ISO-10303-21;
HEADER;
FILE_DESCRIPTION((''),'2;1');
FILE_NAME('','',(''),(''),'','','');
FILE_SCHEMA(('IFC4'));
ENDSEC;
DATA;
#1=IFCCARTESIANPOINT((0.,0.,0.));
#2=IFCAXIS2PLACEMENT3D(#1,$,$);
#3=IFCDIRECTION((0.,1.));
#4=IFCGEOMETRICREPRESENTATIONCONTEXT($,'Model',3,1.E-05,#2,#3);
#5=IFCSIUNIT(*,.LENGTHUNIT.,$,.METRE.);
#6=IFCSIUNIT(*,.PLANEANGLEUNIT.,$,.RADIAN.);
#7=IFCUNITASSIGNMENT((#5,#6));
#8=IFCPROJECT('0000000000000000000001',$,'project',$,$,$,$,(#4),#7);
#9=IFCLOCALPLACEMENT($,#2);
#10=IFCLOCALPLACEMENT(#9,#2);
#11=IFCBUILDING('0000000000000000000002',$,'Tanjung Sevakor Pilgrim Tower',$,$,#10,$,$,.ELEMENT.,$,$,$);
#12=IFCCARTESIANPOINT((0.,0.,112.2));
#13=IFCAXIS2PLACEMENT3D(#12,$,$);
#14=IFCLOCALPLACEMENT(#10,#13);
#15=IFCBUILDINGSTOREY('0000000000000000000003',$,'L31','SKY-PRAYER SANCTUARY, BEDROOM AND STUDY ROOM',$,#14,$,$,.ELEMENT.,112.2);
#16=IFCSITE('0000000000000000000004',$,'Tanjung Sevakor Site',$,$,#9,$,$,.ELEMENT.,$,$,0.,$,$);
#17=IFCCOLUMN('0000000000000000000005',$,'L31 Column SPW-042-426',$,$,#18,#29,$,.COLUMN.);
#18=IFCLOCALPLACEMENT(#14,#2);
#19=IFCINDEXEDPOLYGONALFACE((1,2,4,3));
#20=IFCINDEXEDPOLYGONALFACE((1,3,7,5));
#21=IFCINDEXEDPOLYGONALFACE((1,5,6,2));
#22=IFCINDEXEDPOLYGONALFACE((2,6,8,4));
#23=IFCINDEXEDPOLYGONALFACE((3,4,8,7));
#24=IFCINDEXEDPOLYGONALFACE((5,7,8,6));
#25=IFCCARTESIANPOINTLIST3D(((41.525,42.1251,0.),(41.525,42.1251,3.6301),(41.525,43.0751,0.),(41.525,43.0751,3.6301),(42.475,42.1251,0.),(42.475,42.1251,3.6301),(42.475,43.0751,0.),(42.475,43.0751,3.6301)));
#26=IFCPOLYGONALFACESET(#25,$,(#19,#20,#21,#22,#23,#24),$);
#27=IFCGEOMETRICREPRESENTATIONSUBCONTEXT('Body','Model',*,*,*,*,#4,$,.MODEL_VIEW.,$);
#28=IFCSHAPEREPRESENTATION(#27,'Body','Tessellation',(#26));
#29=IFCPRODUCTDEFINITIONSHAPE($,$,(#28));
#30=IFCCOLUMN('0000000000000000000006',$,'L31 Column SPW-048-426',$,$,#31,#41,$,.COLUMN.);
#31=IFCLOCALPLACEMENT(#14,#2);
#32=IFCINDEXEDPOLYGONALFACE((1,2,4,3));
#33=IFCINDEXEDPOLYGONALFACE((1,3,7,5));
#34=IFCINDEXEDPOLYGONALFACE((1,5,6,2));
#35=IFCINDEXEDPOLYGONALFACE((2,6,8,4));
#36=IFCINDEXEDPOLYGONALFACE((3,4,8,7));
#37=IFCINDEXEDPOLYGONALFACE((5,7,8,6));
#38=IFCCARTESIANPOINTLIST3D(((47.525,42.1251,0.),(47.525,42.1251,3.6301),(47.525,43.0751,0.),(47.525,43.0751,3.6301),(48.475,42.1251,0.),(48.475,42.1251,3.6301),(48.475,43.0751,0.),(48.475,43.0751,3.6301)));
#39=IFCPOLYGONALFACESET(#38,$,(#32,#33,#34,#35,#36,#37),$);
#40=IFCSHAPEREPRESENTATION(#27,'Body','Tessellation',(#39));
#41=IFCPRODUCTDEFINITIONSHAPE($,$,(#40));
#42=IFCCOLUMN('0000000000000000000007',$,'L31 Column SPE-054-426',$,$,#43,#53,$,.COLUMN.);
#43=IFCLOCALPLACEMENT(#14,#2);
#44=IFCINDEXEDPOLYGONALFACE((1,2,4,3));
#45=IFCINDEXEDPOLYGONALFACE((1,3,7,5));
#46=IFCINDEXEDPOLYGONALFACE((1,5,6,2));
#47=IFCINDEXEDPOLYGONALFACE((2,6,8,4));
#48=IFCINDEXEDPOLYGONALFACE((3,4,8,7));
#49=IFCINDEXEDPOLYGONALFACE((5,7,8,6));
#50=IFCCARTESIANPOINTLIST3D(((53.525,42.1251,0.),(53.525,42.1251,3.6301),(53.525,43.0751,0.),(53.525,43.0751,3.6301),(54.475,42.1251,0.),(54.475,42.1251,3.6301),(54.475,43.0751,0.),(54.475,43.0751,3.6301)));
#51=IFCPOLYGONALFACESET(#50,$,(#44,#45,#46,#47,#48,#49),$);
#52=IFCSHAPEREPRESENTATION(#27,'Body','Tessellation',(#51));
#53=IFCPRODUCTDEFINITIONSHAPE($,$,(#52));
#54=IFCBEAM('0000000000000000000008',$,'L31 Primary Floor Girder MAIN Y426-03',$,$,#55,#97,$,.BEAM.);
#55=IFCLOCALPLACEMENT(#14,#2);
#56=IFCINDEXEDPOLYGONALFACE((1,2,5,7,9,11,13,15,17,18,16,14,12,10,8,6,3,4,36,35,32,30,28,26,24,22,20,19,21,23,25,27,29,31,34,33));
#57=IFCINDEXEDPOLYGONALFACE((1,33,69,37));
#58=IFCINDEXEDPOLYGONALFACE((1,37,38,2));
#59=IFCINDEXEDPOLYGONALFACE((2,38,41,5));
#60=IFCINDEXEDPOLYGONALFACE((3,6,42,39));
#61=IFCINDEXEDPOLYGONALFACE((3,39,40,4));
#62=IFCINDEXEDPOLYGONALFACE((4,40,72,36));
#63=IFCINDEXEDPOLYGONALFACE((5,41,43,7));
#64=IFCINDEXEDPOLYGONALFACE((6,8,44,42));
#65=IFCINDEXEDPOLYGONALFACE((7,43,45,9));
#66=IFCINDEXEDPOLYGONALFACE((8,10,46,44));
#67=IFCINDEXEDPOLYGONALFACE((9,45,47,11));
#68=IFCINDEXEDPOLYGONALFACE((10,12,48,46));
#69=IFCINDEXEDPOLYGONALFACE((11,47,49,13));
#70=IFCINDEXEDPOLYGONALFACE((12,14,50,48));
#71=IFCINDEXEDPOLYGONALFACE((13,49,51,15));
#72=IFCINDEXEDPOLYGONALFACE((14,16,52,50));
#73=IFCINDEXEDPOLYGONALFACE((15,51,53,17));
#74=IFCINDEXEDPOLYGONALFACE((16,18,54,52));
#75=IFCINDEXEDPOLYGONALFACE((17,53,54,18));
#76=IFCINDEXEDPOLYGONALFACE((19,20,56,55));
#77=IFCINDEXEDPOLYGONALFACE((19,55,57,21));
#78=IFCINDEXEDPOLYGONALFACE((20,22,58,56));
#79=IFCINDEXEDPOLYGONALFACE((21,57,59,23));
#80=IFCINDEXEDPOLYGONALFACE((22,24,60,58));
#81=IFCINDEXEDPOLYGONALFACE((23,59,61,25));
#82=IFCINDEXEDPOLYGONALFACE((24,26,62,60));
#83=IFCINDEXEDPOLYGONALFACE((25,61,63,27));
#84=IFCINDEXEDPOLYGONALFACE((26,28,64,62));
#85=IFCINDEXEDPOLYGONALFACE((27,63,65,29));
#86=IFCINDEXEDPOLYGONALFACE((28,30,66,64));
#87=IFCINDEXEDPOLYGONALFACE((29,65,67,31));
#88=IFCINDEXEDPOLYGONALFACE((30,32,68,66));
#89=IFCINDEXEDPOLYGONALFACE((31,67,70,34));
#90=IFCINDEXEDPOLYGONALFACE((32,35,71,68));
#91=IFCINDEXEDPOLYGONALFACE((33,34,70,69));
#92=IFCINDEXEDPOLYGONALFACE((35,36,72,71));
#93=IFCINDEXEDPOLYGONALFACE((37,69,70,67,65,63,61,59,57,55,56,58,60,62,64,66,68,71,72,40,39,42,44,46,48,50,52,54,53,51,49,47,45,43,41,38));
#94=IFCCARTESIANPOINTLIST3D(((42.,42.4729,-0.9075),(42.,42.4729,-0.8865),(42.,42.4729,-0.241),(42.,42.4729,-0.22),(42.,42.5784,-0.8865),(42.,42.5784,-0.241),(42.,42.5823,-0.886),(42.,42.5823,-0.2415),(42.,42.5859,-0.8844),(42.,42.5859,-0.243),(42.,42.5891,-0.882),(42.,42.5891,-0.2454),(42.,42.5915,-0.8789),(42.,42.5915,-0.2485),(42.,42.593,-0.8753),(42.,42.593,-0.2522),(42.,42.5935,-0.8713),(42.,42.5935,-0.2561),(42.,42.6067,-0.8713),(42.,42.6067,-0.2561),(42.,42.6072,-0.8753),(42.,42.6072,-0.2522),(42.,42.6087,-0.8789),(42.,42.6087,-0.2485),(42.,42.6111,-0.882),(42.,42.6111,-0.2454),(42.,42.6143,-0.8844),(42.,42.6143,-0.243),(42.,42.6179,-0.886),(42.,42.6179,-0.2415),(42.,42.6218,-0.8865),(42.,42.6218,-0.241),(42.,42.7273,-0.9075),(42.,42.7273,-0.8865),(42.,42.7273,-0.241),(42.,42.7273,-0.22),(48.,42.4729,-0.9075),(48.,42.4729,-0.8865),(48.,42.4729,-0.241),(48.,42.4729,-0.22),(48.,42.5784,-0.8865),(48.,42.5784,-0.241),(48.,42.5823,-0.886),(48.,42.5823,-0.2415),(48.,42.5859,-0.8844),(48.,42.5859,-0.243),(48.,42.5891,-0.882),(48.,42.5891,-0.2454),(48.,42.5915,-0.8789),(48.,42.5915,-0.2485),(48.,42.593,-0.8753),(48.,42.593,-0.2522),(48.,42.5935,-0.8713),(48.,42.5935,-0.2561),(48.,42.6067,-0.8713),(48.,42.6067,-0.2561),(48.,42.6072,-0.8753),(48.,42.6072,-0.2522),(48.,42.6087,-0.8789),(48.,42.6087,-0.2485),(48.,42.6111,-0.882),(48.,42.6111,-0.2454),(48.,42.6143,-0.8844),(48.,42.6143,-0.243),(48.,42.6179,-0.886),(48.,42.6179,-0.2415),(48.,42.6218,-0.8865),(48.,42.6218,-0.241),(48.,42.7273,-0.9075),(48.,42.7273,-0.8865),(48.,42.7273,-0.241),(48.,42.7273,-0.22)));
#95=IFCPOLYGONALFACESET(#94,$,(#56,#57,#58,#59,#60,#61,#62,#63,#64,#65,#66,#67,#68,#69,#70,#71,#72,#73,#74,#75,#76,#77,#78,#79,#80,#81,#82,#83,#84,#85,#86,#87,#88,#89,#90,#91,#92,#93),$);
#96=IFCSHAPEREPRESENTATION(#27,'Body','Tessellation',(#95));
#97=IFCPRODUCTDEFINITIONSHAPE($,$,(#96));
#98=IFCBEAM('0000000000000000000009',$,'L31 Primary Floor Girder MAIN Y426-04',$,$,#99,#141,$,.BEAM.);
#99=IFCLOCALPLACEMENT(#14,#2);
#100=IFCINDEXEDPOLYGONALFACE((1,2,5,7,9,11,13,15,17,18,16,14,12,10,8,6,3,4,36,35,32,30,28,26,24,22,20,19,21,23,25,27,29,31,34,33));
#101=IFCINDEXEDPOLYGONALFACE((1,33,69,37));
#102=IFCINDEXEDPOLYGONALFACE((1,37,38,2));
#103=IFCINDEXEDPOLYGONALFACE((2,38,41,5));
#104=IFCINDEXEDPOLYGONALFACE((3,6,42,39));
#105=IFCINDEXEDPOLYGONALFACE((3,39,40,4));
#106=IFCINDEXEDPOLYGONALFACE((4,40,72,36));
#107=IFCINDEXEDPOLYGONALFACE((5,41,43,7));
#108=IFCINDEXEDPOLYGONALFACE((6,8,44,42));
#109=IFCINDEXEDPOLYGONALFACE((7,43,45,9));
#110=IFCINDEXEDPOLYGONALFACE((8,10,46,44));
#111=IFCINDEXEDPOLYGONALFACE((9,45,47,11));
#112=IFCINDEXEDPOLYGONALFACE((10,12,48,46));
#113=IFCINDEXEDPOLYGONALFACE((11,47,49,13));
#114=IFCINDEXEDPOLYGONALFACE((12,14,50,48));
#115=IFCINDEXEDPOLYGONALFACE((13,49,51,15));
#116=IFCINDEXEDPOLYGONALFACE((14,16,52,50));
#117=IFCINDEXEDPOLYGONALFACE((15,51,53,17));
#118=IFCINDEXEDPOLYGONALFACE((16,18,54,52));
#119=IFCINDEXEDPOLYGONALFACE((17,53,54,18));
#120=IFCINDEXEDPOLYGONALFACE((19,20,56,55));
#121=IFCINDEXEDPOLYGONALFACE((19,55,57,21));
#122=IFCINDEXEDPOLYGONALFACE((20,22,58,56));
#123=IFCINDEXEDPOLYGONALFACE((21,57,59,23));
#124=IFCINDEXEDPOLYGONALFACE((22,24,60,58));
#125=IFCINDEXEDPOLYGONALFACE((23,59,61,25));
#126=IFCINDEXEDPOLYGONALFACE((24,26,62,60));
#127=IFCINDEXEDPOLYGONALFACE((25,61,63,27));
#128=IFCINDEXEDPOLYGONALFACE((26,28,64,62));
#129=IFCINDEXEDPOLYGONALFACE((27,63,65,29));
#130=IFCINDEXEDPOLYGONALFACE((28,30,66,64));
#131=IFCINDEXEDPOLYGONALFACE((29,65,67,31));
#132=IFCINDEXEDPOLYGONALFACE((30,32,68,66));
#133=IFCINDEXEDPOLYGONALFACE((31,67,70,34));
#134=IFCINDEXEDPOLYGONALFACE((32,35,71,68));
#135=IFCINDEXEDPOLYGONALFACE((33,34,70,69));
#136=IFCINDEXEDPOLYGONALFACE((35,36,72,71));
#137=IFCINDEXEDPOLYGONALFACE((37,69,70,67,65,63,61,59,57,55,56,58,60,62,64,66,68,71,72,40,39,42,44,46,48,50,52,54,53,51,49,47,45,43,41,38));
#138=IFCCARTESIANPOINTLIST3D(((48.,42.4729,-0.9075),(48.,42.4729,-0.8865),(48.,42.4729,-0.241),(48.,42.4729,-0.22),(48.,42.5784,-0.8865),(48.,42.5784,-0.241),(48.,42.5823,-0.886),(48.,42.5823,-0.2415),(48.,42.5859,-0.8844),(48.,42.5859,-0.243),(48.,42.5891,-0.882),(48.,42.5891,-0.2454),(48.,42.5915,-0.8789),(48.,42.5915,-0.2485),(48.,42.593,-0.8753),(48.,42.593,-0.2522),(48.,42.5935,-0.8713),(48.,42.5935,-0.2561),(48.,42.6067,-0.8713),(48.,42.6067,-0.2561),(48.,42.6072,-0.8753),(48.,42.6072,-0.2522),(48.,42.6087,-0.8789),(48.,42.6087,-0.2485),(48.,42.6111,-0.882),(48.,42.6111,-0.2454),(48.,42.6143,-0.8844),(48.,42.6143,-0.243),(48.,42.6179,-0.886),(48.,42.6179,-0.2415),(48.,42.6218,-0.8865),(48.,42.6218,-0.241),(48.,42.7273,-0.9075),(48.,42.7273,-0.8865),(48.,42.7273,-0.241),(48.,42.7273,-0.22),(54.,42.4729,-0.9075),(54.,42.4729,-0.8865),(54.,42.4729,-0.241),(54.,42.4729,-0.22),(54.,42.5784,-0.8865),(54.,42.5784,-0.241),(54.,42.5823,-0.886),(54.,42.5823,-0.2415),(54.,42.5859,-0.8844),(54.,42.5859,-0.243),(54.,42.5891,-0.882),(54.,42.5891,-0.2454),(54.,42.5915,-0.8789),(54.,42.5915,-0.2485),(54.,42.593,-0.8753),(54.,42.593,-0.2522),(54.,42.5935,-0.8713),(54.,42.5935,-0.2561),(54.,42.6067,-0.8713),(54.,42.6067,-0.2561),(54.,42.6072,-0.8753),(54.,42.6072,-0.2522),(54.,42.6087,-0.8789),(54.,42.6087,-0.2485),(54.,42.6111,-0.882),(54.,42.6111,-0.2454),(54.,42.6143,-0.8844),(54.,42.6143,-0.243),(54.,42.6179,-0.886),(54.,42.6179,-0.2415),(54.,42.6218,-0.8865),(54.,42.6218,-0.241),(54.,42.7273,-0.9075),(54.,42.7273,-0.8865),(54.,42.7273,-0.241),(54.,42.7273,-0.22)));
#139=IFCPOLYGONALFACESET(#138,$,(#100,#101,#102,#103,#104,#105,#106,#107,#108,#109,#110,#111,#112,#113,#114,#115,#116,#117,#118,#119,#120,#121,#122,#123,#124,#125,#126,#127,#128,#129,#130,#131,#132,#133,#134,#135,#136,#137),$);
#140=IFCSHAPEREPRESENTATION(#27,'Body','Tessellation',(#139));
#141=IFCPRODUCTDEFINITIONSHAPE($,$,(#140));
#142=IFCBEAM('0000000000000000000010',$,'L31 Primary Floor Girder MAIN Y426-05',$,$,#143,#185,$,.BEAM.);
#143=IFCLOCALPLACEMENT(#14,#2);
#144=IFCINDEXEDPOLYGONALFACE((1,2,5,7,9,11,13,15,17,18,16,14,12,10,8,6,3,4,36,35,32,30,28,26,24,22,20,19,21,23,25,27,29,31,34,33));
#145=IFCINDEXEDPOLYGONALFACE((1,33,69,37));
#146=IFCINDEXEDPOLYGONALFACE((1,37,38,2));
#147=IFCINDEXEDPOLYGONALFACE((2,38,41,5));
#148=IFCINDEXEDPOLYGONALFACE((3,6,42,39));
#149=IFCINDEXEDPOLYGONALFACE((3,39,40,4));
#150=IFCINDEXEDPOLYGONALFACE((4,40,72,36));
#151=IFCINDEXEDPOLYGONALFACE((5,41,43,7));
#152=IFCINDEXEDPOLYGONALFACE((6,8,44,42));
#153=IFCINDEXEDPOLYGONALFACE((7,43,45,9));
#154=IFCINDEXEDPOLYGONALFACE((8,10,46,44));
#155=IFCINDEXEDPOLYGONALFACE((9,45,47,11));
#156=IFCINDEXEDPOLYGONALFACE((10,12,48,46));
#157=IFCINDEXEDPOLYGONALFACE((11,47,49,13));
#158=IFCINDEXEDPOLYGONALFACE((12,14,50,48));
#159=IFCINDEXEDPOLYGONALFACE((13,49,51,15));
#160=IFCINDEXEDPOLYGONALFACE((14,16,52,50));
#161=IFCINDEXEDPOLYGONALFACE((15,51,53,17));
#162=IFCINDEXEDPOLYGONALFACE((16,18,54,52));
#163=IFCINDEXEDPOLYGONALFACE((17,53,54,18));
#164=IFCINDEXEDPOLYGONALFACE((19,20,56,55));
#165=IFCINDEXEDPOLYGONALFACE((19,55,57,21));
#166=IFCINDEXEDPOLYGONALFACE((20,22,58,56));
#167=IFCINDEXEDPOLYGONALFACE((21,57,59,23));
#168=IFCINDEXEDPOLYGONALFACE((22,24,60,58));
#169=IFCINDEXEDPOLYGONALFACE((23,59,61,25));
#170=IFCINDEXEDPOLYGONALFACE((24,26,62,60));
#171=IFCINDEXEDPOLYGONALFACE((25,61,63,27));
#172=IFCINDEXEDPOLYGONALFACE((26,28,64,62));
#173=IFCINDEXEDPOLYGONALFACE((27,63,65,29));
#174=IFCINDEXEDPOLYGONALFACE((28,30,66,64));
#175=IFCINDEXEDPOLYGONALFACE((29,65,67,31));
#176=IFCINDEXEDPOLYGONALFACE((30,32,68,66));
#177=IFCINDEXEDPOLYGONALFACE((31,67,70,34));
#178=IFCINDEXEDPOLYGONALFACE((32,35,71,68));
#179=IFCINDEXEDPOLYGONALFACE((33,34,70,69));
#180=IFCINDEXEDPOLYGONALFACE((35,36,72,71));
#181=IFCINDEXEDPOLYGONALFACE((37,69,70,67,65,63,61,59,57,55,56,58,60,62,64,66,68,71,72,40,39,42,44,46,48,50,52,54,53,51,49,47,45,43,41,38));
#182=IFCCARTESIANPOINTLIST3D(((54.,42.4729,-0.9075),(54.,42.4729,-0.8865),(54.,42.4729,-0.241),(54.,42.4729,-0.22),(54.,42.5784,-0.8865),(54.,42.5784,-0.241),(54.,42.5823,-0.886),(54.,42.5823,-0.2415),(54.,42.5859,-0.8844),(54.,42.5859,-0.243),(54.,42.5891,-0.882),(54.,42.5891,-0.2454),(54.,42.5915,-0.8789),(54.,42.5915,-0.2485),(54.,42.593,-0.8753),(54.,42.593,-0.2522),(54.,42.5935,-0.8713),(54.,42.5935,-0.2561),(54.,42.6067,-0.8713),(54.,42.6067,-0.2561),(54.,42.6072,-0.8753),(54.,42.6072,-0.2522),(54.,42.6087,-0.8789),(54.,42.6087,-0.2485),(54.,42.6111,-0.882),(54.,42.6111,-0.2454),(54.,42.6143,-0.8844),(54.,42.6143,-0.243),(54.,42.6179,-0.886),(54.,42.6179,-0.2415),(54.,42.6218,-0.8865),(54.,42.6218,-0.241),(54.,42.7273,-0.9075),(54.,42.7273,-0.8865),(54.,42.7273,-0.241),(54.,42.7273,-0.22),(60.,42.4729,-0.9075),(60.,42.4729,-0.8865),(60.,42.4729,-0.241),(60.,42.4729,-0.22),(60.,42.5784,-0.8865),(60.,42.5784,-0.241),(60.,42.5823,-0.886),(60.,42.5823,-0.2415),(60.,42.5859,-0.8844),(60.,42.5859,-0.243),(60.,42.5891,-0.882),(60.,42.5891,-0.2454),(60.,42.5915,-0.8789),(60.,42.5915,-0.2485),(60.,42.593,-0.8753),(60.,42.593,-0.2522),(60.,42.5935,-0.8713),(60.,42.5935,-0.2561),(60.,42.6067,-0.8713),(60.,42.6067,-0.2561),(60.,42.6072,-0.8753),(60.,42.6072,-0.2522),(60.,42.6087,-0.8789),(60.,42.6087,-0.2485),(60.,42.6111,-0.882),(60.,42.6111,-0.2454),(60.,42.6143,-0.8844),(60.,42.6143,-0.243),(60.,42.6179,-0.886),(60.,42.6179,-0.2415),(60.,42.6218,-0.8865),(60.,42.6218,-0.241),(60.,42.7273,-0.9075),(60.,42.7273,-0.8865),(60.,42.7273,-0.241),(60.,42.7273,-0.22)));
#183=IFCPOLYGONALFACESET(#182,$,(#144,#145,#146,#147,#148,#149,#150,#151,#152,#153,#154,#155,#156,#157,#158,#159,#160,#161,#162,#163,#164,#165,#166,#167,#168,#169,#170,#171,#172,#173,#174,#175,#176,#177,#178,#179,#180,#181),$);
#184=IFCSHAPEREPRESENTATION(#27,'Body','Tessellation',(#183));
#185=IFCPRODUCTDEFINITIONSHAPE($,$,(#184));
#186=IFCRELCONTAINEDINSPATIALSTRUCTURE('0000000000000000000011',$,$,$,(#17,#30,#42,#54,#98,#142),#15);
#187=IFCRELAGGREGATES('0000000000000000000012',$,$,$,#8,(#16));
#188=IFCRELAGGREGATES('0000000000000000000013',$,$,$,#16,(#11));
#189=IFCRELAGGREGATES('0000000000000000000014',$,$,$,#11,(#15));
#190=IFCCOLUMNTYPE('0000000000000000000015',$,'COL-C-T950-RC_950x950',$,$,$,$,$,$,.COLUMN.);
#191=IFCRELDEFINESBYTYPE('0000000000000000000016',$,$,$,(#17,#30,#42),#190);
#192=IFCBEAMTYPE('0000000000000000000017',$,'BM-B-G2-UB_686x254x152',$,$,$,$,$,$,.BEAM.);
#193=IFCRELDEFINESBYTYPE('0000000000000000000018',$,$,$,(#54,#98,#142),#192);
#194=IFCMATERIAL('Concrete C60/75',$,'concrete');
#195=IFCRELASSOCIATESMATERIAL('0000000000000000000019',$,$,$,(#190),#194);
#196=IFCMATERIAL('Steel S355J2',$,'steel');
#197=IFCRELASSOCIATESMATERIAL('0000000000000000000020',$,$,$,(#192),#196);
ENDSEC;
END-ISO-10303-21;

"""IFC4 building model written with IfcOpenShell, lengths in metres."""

from ifc_helpers import new_model, si_unit, direction, frame, origin, origin_2d, place, context, subcontext, project, spatial, rectangle, i_section, extrude, material, material_profile, profile_set, type_object, element, save


model = new_model("IFC4")

# Units and contexts
model_context = context("Model", 3, precision=1e-05, world=origin(), true_north=direction((0.0, 1.0)))
body_context = subcontext(model_context, "Body", "Model", "MODEL_VIEW")
ifc_project = project(units=[si_unit("LENGTHUNIT", "METRE"), si_unit("PLANEANGLEUNIT", "RADIAN")], contexts=[model_context])

# Site, building, storey
site_placement = place(None, origin())
site = spatial("IfcSite", under=ifc_project, at=site_placement, Name="Tanjung Sevakor Site", CompositionType="ELEMENT", RefElevation=0.0)
building_placement = place(site_placement, origin())
building = spatial("IfcBuilding", under=site, at=building_placement, Name="Tanjung Sevakor Pilgrim Tower", CompositionType="ELEMENT")
storey_placement = place(building_placement, frame((0.0, 0.0, 112.2)))
storey = spatial("IfcBuildingStorey", under=building, at=storey_placement, Name="L31", Description="SKY-PRAYER SANCTUARY, BEDROOM AND STUDY ROOM", CompositionType="ELEMENT", Elevation=112.2)

# Columns
ifc_material_1 = material(Name="Concrete C60/75", Category="concrete")
ifc_material_profile_1 = material_profile(ifc_material_1, rectangle(XDim=0.95, YDim=0.95, at=origin_2d()))
ifc_profile_set_1 = profile_set([ifc_material_profile_1], Name="Concrete C60/75")
column_type = type_object("IfcColumnType", Name="COL-C-T950-RC_950x950", PredefinedType="COLUMN", material=ifc_profile_set_1)
for number, where, z_axis, x_axis, name in (
    (1, (42.0, 42.6001, 0.0), (0.0, 0.0, 1.0), (1.0, 0.0, 0.0), "L31 Column SPW-042-426"),
    (2, (48.0, 42.6001, 0.0), (0.0, 0.0, 1.0), (1.0, 0.0, 0.0), "L31 Column SPW-048-426"),
    (3, (54.0, 42.6001, 0.0), (0.0, 0.0, 1.0), (1.0, 0.0, 0.0), "L31 Column SPE-054-426"),
):
    element("IfcColumn", number, at=place(storey_placement, frame(where, z_axis=z_axis, x_axis=x_axis)), inside=storey, type_object=column_type, Name=name, PredefinedType="COLUMN", context=body_context, shape_type="SweptSolid", body=[
        extrude(rectangle(XDim=0.95, YDim=0.95, at=origin_2d()), origin(), (0.0, 0.0, 1.0), 3.6301),
    ])

# Beams
ifc_material_2 = material(Name="Steel S355J2", Category="steel")
ifc_material_profile_2 = material_profile(ifc_material_2, i_section(OverallWidth=0.2544, OverallDepth=0.6875, WebThickness=0.0132, FlangeThickness=0.021, FilletRadius=0.0151, at=origin_2d()))
ifc_profile_set_2 = profile_set([ifc_material_profile_2], Name="Steel S355J2")
beam_type_1 = type_object("IfcBeamType", Name="BM-B-G2-UB_686x254x152", PredefinedType="BEAM", material=ifc_profile_set_2)
for number, where, z_axis, x_axis, name in (
    (4, (42.0, 42.6001, -0.5637), (1.0, 0.0, 0.0), (0.0, 1.0, 0.0), "L31 Primary Floor Girder MAIN Y426-03"),
    (5, (48.0, 42.6001, -0.5637), (1.0, 0.0, 0.0), (0.0, 1.0, 0.0), "L31 Primary Floor Girder MAIN Y426-04"),
    (6, (54.0, 42.6001, -0.5637), (1.0, 0.0, 0.0), (0.0, 1.0, 0.0), "L31 Primary Floor Girder MAIN Y426-05"),
):
    element("IfcBeam", number, at=place(storey_placement, frame(where, z_axis=z_axis, x_axis=x_axis)), inside=storey, type_object=beam_type_1, Name=name, PredefinedType="BEAM", context=body_context, shape_type="SweptSolid", body=[
        extrude(i_section(OverallWidth=0.2544, OverallDepth=0.6875, WebThickness=0.0132, FlangeThickness=0.021, FilletRadius=0.0151, at=origin_2d()), origin(), (0.0, 0.0, 1.0), 6.0),
    ])

save(model, "model.ifc")
